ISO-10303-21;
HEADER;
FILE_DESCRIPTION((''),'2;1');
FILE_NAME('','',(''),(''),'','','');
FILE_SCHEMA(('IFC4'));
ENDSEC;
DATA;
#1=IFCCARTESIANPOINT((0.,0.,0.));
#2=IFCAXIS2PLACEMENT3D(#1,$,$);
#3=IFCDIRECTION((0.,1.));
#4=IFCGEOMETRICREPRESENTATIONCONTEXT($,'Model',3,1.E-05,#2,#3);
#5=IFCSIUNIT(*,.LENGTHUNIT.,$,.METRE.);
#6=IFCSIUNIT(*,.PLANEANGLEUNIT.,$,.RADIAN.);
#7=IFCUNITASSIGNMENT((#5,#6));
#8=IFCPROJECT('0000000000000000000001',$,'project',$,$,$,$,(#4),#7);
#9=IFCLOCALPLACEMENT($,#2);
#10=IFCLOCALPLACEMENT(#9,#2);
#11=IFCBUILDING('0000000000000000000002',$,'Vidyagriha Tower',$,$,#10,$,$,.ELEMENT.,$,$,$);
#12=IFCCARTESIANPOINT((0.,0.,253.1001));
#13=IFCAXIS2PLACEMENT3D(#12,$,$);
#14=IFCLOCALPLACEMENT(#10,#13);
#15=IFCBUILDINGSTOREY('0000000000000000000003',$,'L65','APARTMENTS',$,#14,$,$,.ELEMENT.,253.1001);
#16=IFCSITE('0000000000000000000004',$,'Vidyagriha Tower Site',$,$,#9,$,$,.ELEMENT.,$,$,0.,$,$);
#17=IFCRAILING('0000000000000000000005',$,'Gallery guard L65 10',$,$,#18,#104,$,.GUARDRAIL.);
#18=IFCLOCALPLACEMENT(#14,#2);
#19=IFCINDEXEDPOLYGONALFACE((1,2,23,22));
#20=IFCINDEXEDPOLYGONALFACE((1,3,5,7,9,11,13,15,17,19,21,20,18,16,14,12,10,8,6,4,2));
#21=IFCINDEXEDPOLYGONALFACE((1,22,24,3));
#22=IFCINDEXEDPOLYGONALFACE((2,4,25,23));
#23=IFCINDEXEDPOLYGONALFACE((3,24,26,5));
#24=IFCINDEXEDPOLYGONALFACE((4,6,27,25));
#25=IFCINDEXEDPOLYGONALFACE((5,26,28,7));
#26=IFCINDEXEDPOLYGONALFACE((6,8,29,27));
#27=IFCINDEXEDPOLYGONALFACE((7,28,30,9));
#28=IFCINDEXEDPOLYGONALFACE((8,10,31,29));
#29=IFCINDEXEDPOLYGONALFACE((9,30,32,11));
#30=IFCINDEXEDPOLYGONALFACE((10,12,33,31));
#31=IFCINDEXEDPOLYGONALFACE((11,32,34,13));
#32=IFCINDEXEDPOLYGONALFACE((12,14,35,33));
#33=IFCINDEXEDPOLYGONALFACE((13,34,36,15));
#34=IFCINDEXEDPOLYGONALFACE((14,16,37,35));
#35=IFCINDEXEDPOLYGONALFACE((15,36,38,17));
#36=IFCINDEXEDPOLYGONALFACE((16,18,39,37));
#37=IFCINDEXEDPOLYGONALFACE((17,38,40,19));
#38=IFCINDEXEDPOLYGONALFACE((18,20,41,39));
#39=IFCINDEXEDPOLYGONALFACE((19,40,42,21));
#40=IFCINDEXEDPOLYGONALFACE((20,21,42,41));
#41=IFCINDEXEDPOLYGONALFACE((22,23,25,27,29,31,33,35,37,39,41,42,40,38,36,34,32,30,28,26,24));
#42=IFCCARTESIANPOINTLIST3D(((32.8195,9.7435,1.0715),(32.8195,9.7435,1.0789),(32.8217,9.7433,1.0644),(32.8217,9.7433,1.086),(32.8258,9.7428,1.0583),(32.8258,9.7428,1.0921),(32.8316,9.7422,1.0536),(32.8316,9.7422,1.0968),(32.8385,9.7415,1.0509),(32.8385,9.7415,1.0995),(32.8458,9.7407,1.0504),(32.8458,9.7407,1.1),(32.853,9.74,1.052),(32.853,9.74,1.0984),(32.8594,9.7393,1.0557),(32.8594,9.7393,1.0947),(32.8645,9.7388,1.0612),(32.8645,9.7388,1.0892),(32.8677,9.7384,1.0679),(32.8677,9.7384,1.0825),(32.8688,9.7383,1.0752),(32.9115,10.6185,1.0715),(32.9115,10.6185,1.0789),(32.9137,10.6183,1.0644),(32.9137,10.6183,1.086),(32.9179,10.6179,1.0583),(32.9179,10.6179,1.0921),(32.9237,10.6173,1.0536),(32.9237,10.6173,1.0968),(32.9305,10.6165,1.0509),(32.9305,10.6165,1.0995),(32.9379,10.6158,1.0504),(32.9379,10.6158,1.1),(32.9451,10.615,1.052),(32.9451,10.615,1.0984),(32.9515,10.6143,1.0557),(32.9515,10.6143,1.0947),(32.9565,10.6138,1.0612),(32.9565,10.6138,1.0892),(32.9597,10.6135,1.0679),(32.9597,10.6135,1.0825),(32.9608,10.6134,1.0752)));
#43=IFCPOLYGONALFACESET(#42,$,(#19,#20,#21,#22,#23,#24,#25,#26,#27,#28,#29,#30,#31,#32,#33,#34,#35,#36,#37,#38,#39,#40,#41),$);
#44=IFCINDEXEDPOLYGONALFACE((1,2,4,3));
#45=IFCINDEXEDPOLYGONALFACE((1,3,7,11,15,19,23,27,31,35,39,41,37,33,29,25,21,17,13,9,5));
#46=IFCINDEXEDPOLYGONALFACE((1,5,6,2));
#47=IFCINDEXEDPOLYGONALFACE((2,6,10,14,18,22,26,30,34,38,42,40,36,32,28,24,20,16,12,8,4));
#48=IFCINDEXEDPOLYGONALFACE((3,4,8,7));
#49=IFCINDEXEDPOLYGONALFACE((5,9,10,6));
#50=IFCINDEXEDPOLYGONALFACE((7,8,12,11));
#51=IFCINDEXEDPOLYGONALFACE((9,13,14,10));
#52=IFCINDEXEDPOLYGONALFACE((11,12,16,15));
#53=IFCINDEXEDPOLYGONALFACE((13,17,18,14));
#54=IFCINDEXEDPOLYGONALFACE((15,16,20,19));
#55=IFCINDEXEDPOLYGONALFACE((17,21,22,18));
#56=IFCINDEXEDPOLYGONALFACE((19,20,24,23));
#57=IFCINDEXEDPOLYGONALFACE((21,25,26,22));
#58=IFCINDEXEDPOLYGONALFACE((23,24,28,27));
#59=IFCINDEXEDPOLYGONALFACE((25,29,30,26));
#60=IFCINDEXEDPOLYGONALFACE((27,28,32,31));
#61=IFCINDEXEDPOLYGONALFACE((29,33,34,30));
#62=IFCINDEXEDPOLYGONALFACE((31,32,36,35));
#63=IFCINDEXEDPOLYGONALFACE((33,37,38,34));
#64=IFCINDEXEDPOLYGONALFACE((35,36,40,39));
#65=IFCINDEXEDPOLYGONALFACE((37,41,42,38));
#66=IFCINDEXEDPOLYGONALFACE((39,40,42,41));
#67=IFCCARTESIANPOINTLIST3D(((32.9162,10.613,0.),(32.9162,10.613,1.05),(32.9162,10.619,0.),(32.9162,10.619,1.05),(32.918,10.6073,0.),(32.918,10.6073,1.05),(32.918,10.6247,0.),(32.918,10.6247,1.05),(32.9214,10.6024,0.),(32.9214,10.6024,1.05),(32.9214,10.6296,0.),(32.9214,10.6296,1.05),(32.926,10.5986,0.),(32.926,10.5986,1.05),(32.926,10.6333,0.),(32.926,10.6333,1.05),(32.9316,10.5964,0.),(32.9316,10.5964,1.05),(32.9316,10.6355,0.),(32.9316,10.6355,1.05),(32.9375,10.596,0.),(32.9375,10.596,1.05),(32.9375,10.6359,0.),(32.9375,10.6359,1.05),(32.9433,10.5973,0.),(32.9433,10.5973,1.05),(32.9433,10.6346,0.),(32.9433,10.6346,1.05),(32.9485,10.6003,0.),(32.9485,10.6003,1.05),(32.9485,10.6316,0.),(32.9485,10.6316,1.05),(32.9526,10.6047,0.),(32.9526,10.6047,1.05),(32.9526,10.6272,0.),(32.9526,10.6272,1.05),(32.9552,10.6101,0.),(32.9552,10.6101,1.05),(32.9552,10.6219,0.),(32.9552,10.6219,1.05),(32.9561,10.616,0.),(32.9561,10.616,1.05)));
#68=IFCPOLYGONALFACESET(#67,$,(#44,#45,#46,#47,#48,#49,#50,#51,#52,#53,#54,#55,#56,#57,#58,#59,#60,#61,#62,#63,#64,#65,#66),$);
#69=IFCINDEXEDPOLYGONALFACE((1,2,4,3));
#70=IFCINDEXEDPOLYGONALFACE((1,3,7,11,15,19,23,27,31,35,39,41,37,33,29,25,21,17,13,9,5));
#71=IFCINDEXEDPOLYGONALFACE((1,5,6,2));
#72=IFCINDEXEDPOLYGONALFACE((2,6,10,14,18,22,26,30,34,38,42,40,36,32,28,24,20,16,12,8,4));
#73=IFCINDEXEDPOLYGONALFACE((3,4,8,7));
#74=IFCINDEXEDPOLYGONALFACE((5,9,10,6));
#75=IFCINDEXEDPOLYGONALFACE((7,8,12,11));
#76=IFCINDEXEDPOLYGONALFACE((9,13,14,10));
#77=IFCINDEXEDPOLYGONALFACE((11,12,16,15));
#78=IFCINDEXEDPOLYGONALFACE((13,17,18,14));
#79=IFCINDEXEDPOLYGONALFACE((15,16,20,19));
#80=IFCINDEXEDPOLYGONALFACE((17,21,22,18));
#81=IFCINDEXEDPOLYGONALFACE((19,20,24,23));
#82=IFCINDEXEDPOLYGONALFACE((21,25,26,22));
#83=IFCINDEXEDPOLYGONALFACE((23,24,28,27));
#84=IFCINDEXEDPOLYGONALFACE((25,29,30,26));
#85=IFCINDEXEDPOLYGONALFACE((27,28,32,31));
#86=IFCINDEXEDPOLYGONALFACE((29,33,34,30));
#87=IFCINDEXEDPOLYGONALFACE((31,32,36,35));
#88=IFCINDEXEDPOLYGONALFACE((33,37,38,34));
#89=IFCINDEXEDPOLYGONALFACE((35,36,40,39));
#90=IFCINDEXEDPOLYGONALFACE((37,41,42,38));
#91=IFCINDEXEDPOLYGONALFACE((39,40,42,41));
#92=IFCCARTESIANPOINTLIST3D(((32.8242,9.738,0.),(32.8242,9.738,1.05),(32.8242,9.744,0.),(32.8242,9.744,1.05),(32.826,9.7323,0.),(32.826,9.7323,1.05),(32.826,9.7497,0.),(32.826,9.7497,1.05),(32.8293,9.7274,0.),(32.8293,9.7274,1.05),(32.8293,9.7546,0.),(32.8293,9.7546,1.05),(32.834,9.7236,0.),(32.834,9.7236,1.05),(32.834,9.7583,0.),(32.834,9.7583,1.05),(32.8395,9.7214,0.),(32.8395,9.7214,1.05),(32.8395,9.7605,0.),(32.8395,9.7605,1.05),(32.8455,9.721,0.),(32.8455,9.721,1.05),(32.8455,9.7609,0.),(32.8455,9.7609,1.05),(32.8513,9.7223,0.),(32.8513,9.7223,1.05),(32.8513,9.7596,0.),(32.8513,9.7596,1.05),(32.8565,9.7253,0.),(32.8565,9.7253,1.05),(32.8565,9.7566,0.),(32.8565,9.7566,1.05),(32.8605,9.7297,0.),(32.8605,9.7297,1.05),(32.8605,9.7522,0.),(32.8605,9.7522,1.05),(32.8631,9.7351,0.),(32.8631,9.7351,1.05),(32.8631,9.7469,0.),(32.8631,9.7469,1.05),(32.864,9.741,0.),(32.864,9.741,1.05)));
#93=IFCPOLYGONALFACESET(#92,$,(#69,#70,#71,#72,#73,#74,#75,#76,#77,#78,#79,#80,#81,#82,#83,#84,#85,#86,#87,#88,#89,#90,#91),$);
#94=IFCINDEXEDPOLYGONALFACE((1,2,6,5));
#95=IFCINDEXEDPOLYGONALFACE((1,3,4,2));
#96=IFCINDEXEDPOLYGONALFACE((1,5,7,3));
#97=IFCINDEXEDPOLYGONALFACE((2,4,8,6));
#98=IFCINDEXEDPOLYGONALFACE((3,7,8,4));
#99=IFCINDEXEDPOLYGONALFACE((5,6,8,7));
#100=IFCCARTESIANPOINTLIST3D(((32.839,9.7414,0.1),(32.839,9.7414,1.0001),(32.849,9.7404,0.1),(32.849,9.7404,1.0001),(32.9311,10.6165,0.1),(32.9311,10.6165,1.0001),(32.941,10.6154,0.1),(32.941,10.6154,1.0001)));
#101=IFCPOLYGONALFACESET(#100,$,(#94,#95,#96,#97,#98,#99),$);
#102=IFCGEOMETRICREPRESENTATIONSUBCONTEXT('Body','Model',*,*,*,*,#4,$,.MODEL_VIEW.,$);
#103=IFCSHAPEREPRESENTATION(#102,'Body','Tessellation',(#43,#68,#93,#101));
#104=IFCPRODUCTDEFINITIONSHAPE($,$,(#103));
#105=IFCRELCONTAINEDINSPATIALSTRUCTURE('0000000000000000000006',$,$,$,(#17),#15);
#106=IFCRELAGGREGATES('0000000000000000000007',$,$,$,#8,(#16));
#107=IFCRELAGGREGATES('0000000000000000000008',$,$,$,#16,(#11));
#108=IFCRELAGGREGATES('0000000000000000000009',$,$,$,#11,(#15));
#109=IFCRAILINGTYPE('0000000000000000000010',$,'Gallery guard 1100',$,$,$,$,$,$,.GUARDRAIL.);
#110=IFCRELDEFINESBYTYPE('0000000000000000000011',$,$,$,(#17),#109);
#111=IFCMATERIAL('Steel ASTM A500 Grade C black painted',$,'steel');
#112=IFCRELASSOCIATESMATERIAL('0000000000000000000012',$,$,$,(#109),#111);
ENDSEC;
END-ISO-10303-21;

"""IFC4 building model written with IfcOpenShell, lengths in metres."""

from ifc_helpers import new_model, si_unit, direction, frame, origin, origin_2d, place, context, subcontext, project, spatial, rectangle, circle, extrude, material, type_object, element, save


model = new_model("IFC4")

# Units and contexts
model_context = context("Model", 3, precision=1e-05, world=origin(), true_north=direction((0.0, 1.0)))
body_context = subcontext(model_context, "Body", "Model", "MODEL_VIEW")
ifc_project = project(units=[si_unit("LENGTHUNIT", "METRE"), si_unit("PLANEANGLEUNIT", "RADIAN")], contexts=[model_context])

# Site, building, storey
site_placement = place(None, origin())
site = spatial("IfcSite", under=ifc_project, at=site_placement, Name="Vidyagriha Tower Site", CompositionType="ELEMENT", RefElevation=0.0)
building_placement = place(site_placement, origin())
building = spatial("IfcBuilding", under=site, at=building_placement, Name="Vidyagriha Tower", CompositionType="ELEMENT")
storey_placement = place(building_placement, frame((0.0, 0.0, 253.1001)))
storey = spatial("IfcBuildingStorey", under=building, at=storey_placement, Name="L65", Description="APARTMENTS", CompositionType="ELEMENT", Elevation=253.1001)

# Railing
ifc_material_1 = material(Name="Steel ASTM A500 Grade C black painted", Category="steel")
railing_type_1 = type_object("IfcRailingType", Name="Gallery guard 1100", PredefinedType="GUARDRAIL", material=ifc_material_1)
railing_1_placement = place(storey_placement, frame((32.936, 10.616, 0.0)))
element("IfcRailing", 1, at=railing_1_placement, inside=storey, type_object=railing_type_1, Name="Gallery guard L65 10", PredefinedType="GUARDRAIL", context=body_context, shape_type="SweptSolid", body=[
    extrude(circle(Radius=0.0249, at=origin_2d()), frame((0.0, 0.0, 1.0752), z_axis=(-0.104613, -0.994513, 0.0), x_axis=(0.994513, -0.104613, 0.0)), (0.0, 0.0, 1.0), 0.8799),
    extrude(circle(Radius=0.02, at=origin_2d()), origin(), (0.0, 0.0, 1.0), 1.05),
    extrude(circle(Radius=0.02, at=origin_2d()), frame((-0.092, -0.875, 0.0)), (0.0, 0.0, 1.0), 1.05),
    extrude(rectangle(XDim=0.01, YDim=0.9001, at=origin_2d()), frame((0.0, 0.0, 0.55), z_axis=(-0.104613, -0.994513, 0.0), x_axis=(0.994513, -0.104613, 0.0)), (0.0, 0.0, 1.0), 0.8799),
])

save(model, "model.ifc")
